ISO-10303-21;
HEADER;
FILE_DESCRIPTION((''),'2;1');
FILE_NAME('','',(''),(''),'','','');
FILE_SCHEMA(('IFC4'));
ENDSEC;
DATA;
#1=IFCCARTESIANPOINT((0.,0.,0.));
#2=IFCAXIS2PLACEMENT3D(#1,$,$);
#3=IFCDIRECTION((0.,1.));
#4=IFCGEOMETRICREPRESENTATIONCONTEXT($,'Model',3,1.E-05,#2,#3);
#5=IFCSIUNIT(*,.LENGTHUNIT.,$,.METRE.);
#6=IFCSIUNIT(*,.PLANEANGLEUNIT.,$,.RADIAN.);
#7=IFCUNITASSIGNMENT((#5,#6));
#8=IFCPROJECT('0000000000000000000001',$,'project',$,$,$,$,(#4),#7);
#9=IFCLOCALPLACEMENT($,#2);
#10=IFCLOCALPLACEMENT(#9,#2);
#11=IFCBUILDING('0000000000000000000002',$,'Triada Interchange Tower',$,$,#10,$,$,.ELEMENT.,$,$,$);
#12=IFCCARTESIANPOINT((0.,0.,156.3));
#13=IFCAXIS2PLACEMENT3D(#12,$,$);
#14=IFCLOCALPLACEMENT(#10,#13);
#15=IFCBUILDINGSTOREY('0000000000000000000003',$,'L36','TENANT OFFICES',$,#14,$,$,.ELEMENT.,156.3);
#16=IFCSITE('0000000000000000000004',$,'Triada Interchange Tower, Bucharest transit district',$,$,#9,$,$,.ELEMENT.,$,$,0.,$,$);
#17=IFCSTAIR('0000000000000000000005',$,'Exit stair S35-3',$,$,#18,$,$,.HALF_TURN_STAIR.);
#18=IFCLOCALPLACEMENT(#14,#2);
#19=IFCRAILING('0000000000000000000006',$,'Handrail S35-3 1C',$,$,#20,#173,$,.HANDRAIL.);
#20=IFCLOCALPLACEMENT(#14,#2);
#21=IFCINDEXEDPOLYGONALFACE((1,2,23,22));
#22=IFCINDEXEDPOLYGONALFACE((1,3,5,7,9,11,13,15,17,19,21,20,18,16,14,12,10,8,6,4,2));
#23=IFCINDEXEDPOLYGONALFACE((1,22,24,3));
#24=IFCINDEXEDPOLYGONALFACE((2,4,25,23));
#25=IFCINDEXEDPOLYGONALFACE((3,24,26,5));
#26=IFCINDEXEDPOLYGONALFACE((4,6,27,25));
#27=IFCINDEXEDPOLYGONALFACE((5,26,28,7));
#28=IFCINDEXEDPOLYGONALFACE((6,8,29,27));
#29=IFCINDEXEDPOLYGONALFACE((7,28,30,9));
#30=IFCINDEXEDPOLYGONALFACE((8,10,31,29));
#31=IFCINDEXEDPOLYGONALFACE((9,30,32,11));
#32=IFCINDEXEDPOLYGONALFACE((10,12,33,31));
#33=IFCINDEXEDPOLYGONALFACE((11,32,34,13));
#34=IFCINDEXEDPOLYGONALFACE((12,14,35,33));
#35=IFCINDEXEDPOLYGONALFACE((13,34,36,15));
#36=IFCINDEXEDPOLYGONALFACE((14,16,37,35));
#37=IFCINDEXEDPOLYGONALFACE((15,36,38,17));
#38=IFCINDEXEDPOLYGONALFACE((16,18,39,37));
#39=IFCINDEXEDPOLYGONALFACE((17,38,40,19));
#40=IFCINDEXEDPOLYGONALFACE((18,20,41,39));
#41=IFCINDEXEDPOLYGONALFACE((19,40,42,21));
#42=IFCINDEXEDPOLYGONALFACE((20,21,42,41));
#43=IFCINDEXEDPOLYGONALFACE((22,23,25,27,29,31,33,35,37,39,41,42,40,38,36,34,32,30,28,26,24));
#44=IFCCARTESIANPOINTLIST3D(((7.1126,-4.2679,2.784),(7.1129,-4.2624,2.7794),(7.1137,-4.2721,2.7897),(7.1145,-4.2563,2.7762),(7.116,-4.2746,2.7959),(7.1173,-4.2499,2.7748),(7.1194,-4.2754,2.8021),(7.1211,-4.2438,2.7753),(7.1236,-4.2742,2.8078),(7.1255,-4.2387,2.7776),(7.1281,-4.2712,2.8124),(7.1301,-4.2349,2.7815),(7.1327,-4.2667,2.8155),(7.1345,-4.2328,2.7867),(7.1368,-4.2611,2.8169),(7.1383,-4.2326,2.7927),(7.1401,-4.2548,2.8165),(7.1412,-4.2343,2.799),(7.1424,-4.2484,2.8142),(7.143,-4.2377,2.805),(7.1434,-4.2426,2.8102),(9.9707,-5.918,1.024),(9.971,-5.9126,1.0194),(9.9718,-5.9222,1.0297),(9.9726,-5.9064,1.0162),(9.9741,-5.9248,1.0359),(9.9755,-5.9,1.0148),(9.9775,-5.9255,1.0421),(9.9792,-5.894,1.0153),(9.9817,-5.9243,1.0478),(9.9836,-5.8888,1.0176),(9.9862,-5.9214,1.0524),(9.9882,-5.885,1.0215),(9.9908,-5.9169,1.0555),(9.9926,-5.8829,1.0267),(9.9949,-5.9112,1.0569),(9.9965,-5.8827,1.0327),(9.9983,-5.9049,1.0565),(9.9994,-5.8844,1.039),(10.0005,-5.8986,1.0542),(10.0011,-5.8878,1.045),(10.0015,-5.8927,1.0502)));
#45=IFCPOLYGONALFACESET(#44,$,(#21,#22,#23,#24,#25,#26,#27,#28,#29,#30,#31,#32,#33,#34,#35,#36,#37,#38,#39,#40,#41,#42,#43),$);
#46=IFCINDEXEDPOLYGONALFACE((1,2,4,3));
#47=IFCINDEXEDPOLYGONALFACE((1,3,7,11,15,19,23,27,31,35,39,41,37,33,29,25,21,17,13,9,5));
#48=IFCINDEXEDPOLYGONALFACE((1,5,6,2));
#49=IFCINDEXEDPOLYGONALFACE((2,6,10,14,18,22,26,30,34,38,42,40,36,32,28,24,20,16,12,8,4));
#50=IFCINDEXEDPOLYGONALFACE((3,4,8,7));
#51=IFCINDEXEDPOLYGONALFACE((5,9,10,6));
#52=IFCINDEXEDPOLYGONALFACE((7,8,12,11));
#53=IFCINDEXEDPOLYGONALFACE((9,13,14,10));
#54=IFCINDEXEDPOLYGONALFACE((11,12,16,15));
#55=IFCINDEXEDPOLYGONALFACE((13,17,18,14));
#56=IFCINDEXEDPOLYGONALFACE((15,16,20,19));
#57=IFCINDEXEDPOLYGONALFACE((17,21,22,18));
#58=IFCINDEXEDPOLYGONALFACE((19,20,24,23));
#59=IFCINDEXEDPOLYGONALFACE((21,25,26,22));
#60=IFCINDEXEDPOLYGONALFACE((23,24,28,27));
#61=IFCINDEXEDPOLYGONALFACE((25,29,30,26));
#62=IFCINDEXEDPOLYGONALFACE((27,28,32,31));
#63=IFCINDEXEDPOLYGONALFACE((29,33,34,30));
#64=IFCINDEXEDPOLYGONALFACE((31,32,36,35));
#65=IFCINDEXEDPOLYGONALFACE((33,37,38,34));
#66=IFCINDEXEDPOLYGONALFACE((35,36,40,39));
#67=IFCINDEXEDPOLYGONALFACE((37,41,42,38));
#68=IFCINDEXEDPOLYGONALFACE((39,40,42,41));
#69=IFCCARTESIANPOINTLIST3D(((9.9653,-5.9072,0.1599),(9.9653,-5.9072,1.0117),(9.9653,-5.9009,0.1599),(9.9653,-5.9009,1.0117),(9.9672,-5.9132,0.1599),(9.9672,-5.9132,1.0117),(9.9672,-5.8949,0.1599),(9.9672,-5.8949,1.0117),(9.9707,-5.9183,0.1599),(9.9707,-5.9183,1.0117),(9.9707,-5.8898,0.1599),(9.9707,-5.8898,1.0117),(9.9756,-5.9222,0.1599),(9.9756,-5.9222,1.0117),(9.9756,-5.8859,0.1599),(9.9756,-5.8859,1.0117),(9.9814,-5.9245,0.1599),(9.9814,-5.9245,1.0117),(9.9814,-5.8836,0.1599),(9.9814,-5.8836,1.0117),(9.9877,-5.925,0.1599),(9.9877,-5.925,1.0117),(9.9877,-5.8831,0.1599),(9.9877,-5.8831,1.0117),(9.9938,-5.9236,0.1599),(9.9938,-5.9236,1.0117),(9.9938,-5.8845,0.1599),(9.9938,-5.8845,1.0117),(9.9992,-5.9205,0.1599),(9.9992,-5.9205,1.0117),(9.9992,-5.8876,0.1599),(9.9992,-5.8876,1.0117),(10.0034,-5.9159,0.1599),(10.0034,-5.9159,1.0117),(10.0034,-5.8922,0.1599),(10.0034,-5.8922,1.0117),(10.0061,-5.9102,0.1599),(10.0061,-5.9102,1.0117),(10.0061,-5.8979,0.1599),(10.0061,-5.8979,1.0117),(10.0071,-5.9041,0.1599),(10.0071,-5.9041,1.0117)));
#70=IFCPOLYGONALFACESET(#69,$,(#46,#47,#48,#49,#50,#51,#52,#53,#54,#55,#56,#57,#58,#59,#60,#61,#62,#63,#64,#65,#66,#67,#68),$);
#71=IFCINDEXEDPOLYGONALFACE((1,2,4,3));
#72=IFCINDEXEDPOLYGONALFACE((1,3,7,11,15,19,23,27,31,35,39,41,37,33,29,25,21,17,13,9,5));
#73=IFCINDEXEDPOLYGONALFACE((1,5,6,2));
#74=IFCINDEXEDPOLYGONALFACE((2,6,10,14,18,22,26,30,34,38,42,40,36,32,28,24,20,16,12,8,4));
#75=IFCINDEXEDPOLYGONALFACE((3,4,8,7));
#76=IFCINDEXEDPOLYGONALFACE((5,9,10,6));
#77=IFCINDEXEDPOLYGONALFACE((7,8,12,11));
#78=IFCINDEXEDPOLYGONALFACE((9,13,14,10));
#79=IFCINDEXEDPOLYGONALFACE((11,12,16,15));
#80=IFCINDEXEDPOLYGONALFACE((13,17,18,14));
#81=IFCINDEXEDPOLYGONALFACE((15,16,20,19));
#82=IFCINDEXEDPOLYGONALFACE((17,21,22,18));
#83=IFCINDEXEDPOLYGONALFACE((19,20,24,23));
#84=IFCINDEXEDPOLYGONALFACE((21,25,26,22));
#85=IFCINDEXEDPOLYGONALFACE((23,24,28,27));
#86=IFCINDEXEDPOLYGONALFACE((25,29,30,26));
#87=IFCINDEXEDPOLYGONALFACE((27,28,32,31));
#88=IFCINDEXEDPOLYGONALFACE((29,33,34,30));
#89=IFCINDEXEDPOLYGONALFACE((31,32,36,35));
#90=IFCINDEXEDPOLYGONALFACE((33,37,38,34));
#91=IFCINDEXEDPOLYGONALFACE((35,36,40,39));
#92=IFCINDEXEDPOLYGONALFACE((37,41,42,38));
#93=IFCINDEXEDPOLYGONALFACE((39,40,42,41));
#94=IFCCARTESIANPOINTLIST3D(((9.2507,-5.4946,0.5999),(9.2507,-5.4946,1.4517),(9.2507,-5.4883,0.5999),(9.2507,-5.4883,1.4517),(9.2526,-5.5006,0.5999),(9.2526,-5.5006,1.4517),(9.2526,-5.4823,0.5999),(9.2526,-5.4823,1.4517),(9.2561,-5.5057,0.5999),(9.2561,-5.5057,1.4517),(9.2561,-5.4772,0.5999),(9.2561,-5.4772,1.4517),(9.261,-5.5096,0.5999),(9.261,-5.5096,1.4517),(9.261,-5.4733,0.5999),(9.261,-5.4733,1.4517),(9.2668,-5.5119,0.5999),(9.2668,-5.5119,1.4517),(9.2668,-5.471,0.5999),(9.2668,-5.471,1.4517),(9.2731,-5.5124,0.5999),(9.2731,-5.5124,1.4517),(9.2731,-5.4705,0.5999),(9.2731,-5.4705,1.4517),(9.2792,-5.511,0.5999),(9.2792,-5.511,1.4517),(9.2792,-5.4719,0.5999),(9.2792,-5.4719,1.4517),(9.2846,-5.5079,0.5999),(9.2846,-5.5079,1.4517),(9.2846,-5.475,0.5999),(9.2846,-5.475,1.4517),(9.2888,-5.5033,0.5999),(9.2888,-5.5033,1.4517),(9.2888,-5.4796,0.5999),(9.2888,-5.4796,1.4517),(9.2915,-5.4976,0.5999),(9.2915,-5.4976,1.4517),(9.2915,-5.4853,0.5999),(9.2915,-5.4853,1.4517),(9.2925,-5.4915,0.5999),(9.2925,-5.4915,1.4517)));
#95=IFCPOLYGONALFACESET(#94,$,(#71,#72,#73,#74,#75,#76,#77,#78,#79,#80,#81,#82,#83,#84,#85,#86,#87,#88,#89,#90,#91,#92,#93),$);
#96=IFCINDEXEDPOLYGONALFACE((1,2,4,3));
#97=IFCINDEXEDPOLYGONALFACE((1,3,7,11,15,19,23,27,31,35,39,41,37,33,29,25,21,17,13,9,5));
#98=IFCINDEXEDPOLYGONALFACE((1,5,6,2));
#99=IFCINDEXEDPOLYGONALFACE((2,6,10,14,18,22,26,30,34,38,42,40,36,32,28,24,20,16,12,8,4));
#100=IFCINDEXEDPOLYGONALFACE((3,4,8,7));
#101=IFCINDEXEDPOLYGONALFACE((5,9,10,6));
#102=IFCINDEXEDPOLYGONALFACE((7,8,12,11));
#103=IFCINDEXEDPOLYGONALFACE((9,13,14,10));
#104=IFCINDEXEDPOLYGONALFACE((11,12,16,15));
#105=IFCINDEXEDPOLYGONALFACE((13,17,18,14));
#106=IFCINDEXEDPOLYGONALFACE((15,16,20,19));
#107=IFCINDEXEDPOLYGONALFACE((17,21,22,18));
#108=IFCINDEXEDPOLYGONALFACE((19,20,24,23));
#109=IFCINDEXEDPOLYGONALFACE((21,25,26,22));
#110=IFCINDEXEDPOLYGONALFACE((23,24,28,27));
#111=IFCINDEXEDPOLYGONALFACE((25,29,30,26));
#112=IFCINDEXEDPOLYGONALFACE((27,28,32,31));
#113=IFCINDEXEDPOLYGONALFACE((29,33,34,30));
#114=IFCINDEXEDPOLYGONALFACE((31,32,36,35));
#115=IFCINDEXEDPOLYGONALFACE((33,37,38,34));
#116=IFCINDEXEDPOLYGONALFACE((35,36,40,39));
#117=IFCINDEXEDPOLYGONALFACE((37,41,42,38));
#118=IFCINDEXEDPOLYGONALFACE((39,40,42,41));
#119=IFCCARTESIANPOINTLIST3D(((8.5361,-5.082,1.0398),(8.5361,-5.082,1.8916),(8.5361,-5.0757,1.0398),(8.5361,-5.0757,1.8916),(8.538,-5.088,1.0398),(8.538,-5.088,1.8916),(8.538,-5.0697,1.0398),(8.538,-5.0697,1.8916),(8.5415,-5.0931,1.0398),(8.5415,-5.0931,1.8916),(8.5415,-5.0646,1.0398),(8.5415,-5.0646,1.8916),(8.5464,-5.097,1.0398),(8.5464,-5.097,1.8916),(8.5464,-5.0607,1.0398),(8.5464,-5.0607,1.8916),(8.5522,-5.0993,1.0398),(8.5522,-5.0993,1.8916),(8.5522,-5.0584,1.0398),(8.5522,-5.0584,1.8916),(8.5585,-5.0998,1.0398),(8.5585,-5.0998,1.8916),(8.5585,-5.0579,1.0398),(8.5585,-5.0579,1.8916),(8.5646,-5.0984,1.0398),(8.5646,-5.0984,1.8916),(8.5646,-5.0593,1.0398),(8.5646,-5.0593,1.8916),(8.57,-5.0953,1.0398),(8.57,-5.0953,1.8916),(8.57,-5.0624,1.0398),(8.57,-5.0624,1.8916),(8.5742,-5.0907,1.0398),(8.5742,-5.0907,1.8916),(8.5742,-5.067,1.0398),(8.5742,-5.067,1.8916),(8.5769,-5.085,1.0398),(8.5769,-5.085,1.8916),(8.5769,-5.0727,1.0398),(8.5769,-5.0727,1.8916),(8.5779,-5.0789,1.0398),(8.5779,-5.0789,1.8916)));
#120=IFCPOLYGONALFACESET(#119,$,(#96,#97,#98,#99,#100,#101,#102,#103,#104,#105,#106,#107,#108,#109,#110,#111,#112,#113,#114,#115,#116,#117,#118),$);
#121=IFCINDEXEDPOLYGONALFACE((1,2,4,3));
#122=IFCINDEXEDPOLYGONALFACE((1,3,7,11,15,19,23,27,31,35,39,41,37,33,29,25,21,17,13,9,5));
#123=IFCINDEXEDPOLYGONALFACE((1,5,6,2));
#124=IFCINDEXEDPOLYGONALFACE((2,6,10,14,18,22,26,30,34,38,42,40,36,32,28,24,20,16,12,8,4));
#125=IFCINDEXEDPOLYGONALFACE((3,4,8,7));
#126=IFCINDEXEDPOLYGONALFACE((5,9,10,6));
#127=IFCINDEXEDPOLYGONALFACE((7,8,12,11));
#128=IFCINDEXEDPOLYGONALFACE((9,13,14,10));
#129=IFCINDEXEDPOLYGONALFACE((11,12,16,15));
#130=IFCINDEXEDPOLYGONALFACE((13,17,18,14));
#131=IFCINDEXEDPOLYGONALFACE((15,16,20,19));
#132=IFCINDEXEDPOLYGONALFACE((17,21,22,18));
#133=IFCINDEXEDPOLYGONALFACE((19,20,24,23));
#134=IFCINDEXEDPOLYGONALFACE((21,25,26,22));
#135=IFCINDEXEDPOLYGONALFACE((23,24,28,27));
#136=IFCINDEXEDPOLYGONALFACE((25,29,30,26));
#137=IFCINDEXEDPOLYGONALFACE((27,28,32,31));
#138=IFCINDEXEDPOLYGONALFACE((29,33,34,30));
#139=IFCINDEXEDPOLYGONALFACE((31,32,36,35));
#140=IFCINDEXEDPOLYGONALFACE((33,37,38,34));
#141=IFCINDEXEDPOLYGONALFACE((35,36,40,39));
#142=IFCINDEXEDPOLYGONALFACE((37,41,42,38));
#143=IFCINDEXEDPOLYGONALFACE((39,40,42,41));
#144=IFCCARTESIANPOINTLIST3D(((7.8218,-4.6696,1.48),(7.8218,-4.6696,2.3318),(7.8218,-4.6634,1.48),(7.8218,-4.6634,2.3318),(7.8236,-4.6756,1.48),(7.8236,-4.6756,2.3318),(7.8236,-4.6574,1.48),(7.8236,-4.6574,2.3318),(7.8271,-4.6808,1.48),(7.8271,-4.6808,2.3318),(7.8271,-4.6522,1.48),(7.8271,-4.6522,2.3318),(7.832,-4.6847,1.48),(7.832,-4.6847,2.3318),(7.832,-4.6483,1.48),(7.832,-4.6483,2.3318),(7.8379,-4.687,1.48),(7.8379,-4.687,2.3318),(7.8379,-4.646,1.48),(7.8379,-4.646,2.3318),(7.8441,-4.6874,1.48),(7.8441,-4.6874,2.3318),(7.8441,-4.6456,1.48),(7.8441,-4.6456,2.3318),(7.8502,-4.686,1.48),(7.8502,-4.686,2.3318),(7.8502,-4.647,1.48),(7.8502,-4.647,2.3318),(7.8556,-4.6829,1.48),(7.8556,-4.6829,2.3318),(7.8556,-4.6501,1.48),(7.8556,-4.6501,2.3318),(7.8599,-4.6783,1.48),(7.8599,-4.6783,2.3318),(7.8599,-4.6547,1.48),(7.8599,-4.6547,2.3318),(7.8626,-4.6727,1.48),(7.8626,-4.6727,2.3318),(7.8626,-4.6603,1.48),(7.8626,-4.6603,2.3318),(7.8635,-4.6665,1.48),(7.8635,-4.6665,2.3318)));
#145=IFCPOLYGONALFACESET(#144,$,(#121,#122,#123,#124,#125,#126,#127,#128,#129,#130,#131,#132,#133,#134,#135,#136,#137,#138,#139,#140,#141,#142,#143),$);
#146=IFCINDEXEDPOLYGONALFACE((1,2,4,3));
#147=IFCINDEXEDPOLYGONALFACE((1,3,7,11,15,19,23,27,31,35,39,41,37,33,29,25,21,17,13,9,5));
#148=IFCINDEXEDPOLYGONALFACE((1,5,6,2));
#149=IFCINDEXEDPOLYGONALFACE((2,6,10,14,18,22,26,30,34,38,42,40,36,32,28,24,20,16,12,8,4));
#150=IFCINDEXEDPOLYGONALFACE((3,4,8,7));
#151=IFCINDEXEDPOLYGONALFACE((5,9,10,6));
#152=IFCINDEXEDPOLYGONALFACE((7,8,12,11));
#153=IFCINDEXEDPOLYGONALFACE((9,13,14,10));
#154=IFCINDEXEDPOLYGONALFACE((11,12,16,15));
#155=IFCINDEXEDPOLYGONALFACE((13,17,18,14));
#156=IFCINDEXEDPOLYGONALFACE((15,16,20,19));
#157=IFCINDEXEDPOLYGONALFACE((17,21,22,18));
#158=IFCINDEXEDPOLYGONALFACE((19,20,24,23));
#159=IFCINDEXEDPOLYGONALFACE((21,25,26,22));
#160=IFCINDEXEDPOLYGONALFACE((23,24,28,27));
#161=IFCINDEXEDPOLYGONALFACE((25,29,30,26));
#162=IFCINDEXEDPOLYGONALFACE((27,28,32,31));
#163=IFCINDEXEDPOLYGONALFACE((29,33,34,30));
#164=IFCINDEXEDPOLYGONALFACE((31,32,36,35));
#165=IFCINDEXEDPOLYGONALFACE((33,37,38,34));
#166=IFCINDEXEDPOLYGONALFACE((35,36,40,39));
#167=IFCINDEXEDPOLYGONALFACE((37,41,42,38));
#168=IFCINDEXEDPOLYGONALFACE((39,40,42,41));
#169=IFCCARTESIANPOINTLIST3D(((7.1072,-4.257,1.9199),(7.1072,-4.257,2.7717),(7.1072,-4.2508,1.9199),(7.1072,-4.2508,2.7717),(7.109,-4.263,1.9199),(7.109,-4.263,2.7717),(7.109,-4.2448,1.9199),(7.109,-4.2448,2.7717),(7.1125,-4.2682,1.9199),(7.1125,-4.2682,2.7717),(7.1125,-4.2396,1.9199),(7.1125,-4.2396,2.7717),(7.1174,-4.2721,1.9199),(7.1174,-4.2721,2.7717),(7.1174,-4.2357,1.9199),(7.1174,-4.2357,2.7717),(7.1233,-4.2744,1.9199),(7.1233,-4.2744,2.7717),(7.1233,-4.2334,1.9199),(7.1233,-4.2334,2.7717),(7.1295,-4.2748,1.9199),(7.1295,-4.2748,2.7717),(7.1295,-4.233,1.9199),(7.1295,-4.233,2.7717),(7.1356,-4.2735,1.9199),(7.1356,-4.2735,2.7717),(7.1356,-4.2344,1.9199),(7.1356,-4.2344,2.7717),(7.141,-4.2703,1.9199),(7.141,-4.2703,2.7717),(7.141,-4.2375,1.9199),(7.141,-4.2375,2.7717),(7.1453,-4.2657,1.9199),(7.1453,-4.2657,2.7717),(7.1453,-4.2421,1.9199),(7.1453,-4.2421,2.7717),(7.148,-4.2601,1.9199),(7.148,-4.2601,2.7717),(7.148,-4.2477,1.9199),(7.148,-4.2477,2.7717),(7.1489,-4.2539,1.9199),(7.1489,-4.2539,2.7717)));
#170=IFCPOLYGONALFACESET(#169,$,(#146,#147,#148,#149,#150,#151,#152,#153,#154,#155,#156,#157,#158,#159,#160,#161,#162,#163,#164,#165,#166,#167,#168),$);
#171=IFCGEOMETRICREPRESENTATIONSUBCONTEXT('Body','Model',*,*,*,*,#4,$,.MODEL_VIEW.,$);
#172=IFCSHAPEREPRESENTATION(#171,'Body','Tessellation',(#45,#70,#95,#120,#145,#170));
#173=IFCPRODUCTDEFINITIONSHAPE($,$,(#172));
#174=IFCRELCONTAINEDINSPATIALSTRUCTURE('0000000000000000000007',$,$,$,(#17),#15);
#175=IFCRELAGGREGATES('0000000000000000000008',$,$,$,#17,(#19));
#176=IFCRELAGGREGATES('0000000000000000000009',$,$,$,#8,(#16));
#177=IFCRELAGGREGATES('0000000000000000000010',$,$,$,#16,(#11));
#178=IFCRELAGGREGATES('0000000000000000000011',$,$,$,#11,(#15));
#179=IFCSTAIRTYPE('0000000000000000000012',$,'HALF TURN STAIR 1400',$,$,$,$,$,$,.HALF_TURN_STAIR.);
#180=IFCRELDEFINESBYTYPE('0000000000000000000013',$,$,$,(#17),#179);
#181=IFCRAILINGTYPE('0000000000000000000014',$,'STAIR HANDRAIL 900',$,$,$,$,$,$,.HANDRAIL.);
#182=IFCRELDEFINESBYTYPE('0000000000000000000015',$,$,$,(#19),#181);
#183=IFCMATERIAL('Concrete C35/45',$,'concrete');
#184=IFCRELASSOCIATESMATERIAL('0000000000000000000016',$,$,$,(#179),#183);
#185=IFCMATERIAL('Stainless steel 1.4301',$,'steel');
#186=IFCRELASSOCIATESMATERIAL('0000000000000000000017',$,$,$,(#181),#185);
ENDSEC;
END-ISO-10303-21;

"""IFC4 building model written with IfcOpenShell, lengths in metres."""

from ifc_helpers import new_model, si_unit, direction, frame, origin, origin_2d, place, context, subcontext, project, spatial, circle, extrude, material, type_object, element, aggregate, save


model = new_model("IFC4")

# Units and contexts
model_context = context("Model", 3, precision=1e-05, world=origin(), true_north=direction((0.0, 1.0)))
body_context = subcontext(model_context, "Body", "Model", "MODEL_VIEW")
ifc_project = project(units=[si_unit("LENGTHUNIT", "METRE"), si_unit("PLANEANGLEUNIT", "RADIAN")], contexts=[model_context])

# Site, building, storey
site_placement = place(None, origin())
site = spatial("IfcSite", under=ifc_project, at=site_placement, Name="Triada Interchange Tower, Bucharest transit district", CompositionType="ELEMENT", RefElevation=0.0)
building_placement = place(site_placement, origin())
building = spatial("IfcBuilding", under=site, at=building_placement, Name="Triada Interchange Tower", CompositionType="ELEMENT")
storey_placement = place(building_placement, frame((0.0, 0.0, 156.3)))
storey = spatial("IfcBuildingStorey", under=building, at=storey_placement, Name="L36", Description="TENANT OFFICES", CompositionType="ELEMENT", Elevation=156.3)

# Stair, railing
ifc_material_1 = material(Name="Concrete C35/45", Category="concrete")
stair_type = type_object("IfcStairType", Name="HALF TURN STAIR 1400", PredefinedType="HALF_TURN_STAIR", material=ifc_material_1)
stair_placement = place(storey_placement, origin())
stair = element("IfcStair", 1, at=stair_placement, inside=storey, type_object=stair_type, Name="Exit stair S35-3", PredefinedType="HALF_TURN_STAIR")
ifc_material_2 = material(Name="Stainless steel 1.4301", Category="steel")
railing_type = type_object("IfcRailingType", Name="STAIR HANDRAIL 900", PredefinedType="HANDRAIL", material=ifc_material_2)
railing_1_placement = place(storey_placement, frame((9.9861, -5.9041, 0.1599)))
railing_1 = element("IfcRailing", 2, at=railing_1_placement, type_object=railing_type, Name="Handrail S35-3 1C", PredefinedType="HANDRAIL", context=body_context, shape_type="SweptSolid", body=[
    extrude(circle(Radius=0.0239, at=origin_2d()), frame((0.0, 0.0, 0.876), z_axis=(-0.764156, 0.441183, 0.470556), x_axis=(-0.499998, -0.866027, 0.0)), (0.0, 0.0, 1.0), 3.7402),
    extrude(circle(Radius=0.021, at=origin_2d()), origin(), (0.0, 0.0, 1.0), 0.8518),
    extrude(circle(Radius=0.021, at=origin_2d()), frame((-0.7146, 0.4126, 0.4399)), (0.0, 0.0, 1.0), 0.8518),
    extrude(circle(Radius=0.021, at=origin_2d()), frame((-1.4292, 0.8252, 0.8799)), (0.0, 0.0, 1.0), 0.8518),
    extrude(circle(Radius=0.021, at=origin_2d()), frame((-2.1436, 1.2375, 1.3201)), (0.0, 0.0, 1.0), 0.8518),
    extrude(circle(Radius=0.021, at=origin_2d()), frame((-2.8582, 1.6501, 1.76)), (0.0, 0.0, 1.0), 0.8518),
])
aggregate(stair, [railing_1])

save(model, "model.ifc")
